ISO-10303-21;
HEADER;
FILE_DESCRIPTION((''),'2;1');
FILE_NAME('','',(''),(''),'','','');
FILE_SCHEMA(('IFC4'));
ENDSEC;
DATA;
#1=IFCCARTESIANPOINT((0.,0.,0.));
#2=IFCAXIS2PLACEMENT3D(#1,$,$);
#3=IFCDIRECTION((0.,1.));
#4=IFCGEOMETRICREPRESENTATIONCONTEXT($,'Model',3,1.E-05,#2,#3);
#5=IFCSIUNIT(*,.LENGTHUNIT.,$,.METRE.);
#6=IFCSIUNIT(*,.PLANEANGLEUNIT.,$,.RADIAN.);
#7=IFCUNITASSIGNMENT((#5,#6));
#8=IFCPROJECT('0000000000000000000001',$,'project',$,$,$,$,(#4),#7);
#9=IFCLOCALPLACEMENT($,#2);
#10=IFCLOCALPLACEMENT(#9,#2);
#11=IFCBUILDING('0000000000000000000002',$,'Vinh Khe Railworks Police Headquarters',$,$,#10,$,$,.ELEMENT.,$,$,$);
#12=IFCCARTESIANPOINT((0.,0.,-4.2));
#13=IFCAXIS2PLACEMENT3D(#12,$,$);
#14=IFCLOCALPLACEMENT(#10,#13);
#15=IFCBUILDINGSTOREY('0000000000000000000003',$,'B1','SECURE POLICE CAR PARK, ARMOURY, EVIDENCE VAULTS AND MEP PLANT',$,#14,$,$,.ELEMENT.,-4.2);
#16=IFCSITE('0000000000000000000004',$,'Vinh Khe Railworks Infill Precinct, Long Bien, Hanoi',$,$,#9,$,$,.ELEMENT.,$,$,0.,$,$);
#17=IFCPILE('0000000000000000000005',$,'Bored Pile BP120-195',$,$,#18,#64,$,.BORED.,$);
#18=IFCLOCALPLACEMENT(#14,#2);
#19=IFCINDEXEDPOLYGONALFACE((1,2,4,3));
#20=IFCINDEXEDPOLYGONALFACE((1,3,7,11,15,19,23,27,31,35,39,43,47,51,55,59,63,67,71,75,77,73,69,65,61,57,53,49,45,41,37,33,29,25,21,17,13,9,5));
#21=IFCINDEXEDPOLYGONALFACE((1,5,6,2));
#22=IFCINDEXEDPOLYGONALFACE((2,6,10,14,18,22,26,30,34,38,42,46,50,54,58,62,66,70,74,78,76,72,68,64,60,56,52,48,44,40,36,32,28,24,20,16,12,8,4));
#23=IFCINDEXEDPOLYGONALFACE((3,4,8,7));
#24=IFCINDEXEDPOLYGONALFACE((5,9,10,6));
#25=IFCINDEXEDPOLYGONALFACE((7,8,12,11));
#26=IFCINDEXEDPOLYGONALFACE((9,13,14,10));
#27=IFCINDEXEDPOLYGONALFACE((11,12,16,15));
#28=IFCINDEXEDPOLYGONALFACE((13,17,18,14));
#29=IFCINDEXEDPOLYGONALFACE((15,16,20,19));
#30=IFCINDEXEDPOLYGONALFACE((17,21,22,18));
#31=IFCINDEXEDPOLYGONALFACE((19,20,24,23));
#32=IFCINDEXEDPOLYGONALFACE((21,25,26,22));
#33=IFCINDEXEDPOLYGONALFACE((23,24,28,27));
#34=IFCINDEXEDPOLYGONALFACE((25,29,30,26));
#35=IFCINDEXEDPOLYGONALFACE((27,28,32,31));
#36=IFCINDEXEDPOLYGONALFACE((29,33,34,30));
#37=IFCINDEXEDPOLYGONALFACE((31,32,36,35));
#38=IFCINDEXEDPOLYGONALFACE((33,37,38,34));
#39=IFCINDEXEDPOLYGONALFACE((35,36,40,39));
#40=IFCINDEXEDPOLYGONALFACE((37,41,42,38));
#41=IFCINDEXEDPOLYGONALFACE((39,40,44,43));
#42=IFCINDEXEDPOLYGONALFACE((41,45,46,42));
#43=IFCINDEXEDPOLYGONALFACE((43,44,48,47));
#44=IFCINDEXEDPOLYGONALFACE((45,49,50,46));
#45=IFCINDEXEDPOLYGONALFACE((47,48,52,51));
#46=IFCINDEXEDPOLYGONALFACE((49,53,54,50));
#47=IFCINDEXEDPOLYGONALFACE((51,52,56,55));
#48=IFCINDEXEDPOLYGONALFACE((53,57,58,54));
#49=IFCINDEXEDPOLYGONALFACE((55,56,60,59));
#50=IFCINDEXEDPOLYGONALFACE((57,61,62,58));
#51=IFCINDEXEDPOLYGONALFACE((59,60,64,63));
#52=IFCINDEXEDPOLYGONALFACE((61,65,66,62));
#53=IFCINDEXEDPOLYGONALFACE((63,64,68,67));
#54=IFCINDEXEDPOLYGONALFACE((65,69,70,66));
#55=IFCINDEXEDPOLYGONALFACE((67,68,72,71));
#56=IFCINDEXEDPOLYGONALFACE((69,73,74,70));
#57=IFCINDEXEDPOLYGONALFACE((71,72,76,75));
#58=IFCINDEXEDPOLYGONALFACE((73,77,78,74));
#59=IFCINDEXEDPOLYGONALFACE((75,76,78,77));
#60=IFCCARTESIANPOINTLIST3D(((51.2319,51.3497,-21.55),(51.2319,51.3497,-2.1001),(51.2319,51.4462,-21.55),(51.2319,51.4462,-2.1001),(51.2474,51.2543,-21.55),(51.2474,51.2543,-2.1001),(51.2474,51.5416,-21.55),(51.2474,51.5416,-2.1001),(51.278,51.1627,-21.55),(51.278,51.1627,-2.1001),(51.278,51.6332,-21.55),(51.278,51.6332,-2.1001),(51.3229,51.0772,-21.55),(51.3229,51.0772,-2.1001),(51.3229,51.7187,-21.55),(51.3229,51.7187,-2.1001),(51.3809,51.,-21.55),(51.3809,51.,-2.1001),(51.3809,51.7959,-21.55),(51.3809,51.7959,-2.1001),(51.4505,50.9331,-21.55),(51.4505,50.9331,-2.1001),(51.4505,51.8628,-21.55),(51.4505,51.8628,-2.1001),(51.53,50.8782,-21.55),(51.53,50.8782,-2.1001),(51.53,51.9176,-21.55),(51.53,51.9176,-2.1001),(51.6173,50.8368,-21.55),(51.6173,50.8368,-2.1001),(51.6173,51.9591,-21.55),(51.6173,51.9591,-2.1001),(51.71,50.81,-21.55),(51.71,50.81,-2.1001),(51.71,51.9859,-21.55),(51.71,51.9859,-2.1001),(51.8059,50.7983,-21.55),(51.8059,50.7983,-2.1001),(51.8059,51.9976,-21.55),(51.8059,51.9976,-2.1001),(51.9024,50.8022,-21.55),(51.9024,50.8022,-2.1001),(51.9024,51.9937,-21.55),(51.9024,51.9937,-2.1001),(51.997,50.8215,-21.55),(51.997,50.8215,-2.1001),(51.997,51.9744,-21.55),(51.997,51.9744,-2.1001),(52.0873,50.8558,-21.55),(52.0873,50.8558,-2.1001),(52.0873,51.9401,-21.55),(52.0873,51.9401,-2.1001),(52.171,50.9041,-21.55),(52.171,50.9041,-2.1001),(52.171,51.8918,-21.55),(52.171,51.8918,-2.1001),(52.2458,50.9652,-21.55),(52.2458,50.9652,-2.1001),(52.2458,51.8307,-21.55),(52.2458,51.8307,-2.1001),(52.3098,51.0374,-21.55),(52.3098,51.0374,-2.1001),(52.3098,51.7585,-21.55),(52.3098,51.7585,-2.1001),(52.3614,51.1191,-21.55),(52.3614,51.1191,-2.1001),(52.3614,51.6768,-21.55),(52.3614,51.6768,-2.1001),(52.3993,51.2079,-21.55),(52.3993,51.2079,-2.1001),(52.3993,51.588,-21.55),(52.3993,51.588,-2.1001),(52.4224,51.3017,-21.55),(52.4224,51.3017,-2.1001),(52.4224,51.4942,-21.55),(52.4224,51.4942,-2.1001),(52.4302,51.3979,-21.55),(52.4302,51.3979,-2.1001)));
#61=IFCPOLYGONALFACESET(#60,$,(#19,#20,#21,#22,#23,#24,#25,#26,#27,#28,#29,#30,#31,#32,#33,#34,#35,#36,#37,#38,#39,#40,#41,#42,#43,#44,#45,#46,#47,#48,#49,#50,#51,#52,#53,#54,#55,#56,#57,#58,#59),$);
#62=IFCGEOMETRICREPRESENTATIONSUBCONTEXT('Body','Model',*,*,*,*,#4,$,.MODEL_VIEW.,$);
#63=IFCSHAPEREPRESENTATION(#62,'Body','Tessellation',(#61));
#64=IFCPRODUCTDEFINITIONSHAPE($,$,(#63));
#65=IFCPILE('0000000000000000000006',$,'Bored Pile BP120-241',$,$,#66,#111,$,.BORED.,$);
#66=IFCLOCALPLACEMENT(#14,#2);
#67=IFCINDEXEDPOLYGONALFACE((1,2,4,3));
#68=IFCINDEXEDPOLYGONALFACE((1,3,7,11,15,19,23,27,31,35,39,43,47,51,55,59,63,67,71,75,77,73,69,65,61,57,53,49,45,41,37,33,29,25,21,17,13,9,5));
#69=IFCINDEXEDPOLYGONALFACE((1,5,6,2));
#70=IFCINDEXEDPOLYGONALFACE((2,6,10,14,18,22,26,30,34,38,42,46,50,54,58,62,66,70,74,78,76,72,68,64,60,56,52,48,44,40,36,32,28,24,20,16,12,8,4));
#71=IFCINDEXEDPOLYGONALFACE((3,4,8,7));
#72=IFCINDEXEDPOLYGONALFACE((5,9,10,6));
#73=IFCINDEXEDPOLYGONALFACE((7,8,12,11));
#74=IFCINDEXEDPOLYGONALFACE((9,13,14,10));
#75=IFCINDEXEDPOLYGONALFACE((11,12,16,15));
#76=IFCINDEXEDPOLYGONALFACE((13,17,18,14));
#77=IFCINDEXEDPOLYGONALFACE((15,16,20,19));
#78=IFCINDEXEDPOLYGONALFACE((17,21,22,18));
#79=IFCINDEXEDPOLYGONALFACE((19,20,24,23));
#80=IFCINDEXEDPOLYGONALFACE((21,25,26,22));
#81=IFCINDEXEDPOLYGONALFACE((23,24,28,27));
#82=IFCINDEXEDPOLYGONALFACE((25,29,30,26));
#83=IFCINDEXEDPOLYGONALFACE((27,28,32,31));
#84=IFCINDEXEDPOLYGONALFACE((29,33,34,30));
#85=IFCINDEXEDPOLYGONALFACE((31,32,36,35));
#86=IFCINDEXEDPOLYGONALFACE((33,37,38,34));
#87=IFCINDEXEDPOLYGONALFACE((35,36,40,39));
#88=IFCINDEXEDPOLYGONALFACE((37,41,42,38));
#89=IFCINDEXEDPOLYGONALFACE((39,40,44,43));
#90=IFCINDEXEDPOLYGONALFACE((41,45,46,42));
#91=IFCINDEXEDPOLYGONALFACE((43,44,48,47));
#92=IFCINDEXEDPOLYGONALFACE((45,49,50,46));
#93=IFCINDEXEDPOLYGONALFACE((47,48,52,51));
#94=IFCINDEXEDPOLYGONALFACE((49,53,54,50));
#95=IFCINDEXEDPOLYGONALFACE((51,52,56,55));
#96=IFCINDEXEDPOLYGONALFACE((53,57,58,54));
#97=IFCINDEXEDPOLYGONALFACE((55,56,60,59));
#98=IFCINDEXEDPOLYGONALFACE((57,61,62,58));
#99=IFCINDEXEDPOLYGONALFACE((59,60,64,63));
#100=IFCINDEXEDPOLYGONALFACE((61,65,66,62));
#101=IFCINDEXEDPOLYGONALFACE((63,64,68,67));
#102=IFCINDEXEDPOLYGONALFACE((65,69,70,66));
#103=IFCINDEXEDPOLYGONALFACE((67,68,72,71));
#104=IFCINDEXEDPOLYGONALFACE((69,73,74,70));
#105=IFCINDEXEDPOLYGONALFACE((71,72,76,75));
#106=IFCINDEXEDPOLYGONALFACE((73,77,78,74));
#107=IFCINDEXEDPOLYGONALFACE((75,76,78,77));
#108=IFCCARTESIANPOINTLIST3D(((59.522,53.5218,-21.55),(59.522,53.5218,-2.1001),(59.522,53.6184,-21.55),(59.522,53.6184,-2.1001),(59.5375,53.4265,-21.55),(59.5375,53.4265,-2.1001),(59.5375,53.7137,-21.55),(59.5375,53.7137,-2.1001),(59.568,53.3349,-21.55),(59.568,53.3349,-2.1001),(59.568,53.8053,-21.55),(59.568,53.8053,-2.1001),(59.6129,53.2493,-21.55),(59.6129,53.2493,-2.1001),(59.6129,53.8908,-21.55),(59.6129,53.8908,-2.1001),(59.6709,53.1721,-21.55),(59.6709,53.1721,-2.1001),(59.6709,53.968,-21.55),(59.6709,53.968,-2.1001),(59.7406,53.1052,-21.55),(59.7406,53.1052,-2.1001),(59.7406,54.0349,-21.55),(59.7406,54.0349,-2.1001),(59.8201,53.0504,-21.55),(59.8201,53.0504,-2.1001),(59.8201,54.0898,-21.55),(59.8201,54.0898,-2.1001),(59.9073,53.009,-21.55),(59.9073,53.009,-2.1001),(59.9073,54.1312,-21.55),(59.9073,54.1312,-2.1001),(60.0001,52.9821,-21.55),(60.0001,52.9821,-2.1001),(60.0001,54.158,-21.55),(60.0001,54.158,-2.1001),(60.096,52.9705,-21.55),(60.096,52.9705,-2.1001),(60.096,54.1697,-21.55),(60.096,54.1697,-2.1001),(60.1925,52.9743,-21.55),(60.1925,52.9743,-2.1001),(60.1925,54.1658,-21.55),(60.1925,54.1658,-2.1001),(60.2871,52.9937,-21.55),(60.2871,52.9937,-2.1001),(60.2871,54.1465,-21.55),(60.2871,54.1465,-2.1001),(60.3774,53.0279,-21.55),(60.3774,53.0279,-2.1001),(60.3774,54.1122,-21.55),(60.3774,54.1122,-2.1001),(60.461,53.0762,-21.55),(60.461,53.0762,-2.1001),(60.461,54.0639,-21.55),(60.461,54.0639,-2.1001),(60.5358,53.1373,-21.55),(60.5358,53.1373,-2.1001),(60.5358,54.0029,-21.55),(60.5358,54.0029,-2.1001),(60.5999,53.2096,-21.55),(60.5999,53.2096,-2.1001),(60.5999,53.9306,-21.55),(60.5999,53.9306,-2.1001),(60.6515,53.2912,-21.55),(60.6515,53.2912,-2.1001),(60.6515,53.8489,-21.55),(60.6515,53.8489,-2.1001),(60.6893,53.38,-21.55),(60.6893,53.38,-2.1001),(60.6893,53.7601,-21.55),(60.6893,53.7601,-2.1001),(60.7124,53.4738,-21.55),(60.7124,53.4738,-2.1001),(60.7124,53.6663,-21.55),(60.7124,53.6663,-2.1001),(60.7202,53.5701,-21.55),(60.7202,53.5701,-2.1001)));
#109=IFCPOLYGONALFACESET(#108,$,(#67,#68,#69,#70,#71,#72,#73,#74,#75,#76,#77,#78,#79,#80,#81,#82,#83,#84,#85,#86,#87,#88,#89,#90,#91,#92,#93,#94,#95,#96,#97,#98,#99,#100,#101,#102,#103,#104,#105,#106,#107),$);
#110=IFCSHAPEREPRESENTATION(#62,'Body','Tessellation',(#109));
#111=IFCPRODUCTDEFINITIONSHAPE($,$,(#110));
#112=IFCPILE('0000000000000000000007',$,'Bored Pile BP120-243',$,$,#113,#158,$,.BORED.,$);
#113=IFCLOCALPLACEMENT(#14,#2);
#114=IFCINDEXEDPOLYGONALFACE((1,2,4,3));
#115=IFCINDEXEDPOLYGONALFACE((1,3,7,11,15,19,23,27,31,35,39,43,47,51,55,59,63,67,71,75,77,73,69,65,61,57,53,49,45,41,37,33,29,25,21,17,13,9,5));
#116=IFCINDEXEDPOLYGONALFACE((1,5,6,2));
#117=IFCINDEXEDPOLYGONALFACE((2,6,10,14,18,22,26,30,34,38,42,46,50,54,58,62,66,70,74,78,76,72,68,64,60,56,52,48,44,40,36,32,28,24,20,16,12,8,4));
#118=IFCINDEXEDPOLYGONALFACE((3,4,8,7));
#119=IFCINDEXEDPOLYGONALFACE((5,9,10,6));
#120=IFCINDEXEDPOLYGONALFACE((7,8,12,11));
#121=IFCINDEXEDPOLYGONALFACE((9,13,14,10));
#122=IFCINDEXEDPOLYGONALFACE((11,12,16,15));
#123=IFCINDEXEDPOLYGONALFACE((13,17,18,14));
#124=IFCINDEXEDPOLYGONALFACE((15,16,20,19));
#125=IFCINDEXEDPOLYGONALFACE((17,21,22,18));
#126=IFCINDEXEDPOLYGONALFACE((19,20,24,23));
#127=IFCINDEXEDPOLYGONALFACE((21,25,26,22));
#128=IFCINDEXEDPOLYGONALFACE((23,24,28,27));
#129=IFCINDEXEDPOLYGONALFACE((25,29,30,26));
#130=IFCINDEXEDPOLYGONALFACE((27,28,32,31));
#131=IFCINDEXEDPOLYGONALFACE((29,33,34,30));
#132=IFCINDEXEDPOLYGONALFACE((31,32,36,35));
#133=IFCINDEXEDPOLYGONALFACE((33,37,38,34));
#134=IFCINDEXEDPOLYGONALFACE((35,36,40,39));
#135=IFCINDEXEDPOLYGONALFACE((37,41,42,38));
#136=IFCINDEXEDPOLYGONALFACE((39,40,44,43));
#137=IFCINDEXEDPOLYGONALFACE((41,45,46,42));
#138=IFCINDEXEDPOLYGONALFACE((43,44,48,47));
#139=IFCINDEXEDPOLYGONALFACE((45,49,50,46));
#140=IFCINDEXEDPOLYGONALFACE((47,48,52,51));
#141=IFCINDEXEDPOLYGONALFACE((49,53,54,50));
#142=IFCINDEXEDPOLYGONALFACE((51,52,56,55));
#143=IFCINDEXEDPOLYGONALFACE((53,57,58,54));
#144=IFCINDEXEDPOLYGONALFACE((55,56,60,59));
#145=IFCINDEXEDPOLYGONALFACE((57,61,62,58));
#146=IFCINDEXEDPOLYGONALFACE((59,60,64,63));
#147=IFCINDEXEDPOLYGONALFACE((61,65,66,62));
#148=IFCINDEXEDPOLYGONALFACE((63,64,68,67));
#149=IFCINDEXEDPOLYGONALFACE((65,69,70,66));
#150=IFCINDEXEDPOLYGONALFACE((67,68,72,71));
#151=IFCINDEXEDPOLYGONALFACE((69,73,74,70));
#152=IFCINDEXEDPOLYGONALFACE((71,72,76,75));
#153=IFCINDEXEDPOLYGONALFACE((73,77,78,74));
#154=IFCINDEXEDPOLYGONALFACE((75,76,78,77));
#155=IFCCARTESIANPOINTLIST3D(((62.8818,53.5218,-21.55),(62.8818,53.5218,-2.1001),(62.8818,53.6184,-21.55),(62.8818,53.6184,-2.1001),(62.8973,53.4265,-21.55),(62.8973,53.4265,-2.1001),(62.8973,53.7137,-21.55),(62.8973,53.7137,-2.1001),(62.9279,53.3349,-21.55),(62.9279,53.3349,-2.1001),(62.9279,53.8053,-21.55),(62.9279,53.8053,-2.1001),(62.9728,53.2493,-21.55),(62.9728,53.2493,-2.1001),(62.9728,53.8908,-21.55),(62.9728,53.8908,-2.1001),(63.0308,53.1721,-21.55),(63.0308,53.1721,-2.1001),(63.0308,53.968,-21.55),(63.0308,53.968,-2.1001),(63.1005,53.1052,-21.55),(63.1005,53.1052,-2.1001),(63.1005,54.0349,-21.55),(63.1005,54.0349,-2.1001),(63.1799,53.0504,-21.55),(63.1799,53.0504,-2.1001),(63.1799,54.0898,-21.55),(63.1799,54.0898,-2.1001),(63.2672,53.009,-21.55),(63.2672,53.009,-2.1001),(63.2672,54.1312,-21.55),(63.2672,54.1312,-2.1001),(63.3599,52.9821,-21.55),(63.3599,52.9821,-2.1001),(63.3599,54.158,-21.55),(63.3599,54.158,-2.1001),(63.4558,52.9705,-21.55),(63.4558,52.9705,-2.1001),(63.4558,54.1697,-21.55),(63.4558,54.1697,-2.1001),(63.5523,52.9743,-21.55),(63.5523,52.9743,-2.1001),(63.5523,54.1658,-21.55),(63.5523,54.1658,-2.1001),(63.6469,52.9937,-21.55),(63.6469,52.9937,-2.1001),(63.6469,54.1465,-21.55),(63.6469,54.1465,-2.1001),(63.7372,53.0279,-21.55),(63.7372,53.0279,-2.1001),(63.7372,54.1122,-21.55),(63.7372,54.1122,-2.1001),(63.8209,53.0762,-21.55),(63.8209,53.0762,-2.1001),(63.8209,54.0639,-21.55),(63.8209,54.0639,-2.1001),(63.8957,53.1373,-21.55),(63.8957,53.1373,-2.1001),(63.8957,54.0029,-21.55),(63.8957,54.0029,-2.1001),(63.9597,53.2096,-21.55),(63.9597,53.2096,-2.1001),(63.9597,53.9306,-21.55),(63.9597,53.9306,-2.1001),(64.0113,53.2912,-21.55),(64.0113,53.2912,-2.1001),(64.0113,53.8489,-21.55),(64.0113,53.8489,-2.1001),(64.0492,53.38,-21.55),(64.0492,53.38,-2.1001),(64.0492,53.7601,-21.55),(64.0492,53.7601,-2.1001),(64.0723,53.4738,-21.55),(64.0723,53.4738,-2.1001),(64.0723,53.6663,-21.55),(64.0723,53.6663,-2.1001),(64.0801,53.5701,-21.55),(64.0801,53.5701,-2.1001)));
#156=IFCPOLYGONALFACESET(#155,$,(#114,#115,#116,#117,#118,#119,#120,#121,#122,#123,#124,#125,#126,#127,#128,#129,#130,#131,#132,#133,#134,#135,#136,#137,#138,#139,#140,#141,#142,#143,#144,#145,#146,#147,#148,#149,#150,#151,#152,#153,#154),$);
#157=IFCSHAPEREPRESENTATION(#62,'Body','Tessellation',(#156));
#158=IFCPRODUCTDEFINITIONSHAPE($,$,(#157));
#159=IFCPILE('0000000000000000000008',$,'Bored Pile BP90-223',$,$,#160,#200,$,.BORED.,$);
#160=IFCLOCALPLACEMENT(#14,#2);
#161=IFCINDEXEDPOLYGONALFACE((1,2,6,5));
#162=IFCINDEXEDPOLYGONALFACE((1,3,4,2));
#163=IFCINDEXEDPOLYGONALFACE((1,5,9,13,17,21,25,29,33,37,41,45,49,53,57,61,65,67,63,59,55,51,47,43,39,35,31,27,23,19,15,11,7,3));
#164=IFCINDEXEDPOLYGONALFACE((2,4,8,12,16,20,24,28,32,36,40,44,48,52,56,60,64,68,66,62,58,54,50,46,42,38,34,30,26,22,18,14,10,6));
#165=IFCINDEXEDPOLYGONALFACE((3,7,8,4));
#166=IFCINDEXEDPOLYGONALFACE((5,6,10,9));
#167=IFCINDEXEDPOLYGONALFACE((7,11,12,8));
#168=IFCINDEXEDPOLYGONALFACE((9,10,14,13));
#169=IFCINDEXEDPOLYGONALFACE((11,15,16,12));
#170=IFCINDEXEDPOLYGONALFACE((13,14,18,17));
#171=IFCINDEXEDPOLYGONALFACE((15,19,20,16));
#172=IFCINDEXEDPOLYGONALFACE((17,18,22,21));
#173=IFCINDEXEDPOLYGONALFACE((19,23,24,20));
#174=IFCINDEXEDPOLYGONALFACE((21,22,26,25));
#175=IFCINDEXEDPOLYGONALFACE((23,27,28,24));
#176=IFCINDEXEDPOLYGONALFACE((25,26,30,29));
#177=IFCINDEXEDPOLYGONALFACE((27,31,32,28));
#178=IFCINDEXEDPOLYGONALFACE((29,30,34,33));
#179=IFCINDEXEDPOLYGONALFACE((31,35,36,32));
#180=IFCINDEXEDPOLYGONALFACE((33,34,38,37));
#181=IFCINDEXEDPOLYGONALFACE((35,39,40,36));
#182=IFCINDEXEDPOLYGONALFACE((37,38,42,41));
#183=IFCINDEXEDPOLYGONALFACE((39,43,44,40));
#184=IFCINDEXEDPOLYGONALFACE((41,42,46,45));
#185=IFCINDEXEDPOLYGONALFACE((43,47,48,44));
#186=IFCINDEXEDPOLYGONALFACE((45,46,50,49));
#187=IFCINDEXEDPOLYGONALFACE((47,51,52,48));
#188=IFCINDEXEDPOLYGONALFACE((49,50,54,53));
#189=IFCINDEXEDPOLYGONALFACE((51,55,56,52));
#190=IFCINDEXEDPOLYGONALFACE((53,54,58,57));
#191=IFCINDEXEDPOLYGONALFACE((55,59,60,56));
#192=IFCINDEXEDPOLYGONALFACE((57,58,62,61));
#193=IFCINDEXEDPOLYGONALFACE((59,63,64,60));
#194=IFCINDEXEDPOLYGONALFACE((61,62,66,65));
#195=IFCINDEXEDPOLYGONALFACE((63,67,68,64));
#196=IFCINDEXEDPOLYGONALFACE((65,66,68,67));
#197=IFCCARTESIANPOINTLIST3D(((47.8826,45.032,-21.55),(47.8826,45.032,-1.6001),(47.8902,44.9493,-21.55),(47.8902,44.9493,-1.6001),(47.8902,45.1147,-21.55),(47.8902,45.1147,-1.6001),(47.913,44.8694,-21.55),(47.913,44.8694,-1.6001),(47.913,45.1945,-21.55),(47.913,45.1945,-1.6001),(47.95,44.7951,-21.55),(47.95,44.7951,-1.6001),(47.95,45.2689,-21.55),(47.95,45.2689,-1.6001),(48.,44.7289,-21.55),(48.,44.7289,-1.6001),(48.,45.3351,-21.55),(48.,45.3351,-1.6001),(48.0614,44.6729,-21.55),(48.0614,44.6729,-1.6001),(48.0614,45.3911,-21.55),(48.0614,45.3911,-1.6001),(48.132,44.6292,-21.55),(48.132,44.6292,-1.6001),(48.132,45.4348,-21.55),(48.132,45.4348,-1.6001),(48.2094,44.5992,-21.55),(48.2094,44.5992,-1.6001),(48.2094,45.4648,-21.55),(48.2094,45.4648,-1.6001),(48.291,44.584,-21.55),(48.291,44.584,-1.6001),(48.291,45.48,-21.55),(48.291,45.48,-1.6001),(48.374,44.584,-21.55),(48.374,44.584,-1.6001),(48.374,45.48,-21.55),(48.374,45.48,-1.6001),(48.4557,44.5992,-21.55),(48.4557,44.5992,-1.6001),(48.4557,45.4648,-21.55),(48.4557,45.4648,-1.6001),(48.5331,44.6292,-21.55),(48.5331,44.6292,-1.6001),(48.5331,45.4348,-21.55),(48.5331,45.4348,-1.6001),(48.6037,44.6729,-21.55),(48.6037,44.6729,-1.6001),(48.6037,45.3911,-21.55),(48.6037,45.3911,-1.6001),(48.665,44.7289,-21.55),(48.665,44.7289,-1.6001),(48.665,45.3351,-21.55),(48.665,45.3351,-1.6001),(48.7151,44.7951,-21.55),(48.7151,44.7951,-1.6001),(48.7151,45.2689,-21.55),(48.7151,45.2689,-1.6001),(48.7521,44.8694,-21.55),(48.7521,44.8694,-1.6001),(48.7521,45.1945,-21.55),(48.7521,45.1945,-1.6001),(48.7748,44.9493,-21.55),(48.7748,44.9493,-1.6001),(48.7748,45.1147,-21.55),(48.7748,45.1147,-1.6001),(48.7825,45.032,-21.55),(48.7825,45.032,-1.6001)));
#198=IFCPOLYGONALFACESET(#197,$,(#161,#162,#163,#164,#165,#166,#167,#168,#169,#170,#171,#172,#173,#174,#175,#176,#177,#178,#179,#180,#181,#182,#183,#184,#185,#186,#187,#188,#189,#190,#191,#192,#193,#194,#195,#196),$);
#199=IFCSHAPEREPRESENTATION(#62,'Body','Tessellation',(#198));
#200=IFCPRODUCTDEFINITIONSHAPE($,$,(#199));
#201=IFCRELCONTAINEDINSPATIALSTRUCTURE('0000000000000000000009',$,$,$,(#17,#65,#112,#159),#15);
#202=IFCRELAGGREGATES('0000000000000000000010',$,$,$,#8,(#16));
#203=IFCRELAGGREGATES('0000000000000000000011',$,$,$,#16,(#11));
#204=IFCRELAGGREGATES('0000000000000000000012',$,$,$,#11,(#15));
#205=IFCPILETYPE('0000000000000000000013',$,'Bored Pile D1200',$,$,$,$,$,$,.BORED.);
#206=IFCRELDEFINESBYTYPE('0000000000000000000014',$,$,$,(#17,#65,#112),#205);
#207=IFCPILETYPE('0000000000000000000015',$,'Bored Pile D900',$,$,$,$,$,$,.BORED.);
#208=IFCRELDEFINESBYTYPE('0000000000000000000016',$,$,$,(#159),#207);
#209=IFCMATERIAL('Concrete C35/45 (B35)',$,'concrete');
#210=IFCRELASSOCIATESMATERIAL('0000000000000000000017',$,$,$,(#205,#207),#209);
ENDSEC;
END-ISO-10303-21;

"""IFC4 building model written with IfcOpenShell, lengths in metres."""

from ifc_helpers import new_model, si_unit, direction, frame, origin, origin_2d, place, context, subcontext, project, spatial, circle, extrude, material, material_profile, profile_set, type_object, element, save


model = new_model("IFC4")

# Units and contexts
model_context = context("Model", 3, precision=1e-05, world=origin(), true_north=direction((0.0, 1.0)))
body_context = subcontext(model_context, "Body", "Model", "MODEL_VIEW")
ifc_project = project(units=[si_unit("LENGTHUNIT", "METRE"), si_unit("PLANEANGLEUNIT", "RADIAN")], contexts=[model_context])

# Site, building, storey
site_placement = place(None, origin())
site = spatial("IfcSite", under=ifc_project, at=site_placement, Name="Vinh Khe Railworks Infill Precinct, Long Bien, Hanoi", CompositionType="ELEMENT", RefElevation=0.0)
building_placement = place(site_placement, origin())
building = spatial("IfcBuilding", under=site, at=building_placement, Name="Vinh Khe Railworks Police Headquarters", CompositionType="ELEMENT")
storey_placement = place(building_placement, frame((0.0, 0.0, -4.2)))
storey = spatial("IfcBuildingStorey", under=building, at=storey_placement, Name="B1", Description="SECURE POLICE CAR PARK, ARMOURY, EVIDENCE VAULTS AND MEP PLANT", CompositionType="ELEMENT", Elevation=-4.2)

# Piles
ifc_material_1 = material(Name="Concrete C35/45 (B35)", Category="concrete")
ifc_material_profile_1 = material_profile(ifc_material_1, circle(Radius=0.6001, at=origin_2d()), Name="BORED PILE D1200")
ifc_profile_set_1 = profile_set([ifc_material_profile_1], Name="Concrete C35/45 (B35)")
pile_type_1 = type_object("IfcPileType", Name="Bored Pile D1200", PredefinedType="BORED", material=ifc_profile_set_1)
for number, where, z_axis, x_axis, name in (
    (1, (51.8301, 51.3979, -2.1001), (0.0, 0.0, -1.0), (1.0, 0.0, 0.0), "Bored Pile BP120-195"),
    (2, (60.1201, 53.5701, -2.1001), (0.0, 0.0, -1.0), (1.0, 0.0, 0.0), "Bored Pile BP120-241"),
    (3, (63.48, 53.5701, -2.1001), (0.0, 0.0, -1.0), (1.0, 0.0, 0.0), "Bored Pile BP120-243"),
):
    element("IfcPile", number, at=place(storey_placement, frame(where, z_axis=z_axis, x_axis=x_axis)), inside=storey, type_object=pile_type_1, Name=name, PredefinedType="BORED", context=body_context, shape_type="SweptSolid", body=[
        extrude(circle(Radius=0.6001, at=origin_2d()), origin(), (0.0, 0.0, 1.0), 19.45),
    ])
ifc_material_profile_2 = material_profile(ifc_material_1, circle(Radius=0.45, at=origin_2d()), Name="BORED PILE D900")
ifc_profile_set_2 = profile_set([ifc_material_profile_2], Name="Concrete C35/45 (B35)")
pile_type_2 = type_object("IfcPileType", Name="Bored Pile D900", PredefinedType="BORED", material=ifc_profile_set_2)
for number, where, z_axis, x_axis, name in (
    (4, (48.3325, 45.032, -1.6001), (0.0, 0.0, -1.0), (1.0, 0.0, 0.0), "Bored Pile BP90-223"),
):
    element("IfcPile", number, at=place(storey_placement, frame(where, z_axis=z_axis, x_axis=x_axis)), inside=storey, type_object=pile_type_2, Name=name, PredefinedType="BORED", context=body_context, shape_type="SweptSolid", body=[
        extrude(circle(Radius=0.45, at=origin_2d()), origin(), (0.0, 0.0, 1.0), 19.95),
    ])

save(model, "model.ifc")
